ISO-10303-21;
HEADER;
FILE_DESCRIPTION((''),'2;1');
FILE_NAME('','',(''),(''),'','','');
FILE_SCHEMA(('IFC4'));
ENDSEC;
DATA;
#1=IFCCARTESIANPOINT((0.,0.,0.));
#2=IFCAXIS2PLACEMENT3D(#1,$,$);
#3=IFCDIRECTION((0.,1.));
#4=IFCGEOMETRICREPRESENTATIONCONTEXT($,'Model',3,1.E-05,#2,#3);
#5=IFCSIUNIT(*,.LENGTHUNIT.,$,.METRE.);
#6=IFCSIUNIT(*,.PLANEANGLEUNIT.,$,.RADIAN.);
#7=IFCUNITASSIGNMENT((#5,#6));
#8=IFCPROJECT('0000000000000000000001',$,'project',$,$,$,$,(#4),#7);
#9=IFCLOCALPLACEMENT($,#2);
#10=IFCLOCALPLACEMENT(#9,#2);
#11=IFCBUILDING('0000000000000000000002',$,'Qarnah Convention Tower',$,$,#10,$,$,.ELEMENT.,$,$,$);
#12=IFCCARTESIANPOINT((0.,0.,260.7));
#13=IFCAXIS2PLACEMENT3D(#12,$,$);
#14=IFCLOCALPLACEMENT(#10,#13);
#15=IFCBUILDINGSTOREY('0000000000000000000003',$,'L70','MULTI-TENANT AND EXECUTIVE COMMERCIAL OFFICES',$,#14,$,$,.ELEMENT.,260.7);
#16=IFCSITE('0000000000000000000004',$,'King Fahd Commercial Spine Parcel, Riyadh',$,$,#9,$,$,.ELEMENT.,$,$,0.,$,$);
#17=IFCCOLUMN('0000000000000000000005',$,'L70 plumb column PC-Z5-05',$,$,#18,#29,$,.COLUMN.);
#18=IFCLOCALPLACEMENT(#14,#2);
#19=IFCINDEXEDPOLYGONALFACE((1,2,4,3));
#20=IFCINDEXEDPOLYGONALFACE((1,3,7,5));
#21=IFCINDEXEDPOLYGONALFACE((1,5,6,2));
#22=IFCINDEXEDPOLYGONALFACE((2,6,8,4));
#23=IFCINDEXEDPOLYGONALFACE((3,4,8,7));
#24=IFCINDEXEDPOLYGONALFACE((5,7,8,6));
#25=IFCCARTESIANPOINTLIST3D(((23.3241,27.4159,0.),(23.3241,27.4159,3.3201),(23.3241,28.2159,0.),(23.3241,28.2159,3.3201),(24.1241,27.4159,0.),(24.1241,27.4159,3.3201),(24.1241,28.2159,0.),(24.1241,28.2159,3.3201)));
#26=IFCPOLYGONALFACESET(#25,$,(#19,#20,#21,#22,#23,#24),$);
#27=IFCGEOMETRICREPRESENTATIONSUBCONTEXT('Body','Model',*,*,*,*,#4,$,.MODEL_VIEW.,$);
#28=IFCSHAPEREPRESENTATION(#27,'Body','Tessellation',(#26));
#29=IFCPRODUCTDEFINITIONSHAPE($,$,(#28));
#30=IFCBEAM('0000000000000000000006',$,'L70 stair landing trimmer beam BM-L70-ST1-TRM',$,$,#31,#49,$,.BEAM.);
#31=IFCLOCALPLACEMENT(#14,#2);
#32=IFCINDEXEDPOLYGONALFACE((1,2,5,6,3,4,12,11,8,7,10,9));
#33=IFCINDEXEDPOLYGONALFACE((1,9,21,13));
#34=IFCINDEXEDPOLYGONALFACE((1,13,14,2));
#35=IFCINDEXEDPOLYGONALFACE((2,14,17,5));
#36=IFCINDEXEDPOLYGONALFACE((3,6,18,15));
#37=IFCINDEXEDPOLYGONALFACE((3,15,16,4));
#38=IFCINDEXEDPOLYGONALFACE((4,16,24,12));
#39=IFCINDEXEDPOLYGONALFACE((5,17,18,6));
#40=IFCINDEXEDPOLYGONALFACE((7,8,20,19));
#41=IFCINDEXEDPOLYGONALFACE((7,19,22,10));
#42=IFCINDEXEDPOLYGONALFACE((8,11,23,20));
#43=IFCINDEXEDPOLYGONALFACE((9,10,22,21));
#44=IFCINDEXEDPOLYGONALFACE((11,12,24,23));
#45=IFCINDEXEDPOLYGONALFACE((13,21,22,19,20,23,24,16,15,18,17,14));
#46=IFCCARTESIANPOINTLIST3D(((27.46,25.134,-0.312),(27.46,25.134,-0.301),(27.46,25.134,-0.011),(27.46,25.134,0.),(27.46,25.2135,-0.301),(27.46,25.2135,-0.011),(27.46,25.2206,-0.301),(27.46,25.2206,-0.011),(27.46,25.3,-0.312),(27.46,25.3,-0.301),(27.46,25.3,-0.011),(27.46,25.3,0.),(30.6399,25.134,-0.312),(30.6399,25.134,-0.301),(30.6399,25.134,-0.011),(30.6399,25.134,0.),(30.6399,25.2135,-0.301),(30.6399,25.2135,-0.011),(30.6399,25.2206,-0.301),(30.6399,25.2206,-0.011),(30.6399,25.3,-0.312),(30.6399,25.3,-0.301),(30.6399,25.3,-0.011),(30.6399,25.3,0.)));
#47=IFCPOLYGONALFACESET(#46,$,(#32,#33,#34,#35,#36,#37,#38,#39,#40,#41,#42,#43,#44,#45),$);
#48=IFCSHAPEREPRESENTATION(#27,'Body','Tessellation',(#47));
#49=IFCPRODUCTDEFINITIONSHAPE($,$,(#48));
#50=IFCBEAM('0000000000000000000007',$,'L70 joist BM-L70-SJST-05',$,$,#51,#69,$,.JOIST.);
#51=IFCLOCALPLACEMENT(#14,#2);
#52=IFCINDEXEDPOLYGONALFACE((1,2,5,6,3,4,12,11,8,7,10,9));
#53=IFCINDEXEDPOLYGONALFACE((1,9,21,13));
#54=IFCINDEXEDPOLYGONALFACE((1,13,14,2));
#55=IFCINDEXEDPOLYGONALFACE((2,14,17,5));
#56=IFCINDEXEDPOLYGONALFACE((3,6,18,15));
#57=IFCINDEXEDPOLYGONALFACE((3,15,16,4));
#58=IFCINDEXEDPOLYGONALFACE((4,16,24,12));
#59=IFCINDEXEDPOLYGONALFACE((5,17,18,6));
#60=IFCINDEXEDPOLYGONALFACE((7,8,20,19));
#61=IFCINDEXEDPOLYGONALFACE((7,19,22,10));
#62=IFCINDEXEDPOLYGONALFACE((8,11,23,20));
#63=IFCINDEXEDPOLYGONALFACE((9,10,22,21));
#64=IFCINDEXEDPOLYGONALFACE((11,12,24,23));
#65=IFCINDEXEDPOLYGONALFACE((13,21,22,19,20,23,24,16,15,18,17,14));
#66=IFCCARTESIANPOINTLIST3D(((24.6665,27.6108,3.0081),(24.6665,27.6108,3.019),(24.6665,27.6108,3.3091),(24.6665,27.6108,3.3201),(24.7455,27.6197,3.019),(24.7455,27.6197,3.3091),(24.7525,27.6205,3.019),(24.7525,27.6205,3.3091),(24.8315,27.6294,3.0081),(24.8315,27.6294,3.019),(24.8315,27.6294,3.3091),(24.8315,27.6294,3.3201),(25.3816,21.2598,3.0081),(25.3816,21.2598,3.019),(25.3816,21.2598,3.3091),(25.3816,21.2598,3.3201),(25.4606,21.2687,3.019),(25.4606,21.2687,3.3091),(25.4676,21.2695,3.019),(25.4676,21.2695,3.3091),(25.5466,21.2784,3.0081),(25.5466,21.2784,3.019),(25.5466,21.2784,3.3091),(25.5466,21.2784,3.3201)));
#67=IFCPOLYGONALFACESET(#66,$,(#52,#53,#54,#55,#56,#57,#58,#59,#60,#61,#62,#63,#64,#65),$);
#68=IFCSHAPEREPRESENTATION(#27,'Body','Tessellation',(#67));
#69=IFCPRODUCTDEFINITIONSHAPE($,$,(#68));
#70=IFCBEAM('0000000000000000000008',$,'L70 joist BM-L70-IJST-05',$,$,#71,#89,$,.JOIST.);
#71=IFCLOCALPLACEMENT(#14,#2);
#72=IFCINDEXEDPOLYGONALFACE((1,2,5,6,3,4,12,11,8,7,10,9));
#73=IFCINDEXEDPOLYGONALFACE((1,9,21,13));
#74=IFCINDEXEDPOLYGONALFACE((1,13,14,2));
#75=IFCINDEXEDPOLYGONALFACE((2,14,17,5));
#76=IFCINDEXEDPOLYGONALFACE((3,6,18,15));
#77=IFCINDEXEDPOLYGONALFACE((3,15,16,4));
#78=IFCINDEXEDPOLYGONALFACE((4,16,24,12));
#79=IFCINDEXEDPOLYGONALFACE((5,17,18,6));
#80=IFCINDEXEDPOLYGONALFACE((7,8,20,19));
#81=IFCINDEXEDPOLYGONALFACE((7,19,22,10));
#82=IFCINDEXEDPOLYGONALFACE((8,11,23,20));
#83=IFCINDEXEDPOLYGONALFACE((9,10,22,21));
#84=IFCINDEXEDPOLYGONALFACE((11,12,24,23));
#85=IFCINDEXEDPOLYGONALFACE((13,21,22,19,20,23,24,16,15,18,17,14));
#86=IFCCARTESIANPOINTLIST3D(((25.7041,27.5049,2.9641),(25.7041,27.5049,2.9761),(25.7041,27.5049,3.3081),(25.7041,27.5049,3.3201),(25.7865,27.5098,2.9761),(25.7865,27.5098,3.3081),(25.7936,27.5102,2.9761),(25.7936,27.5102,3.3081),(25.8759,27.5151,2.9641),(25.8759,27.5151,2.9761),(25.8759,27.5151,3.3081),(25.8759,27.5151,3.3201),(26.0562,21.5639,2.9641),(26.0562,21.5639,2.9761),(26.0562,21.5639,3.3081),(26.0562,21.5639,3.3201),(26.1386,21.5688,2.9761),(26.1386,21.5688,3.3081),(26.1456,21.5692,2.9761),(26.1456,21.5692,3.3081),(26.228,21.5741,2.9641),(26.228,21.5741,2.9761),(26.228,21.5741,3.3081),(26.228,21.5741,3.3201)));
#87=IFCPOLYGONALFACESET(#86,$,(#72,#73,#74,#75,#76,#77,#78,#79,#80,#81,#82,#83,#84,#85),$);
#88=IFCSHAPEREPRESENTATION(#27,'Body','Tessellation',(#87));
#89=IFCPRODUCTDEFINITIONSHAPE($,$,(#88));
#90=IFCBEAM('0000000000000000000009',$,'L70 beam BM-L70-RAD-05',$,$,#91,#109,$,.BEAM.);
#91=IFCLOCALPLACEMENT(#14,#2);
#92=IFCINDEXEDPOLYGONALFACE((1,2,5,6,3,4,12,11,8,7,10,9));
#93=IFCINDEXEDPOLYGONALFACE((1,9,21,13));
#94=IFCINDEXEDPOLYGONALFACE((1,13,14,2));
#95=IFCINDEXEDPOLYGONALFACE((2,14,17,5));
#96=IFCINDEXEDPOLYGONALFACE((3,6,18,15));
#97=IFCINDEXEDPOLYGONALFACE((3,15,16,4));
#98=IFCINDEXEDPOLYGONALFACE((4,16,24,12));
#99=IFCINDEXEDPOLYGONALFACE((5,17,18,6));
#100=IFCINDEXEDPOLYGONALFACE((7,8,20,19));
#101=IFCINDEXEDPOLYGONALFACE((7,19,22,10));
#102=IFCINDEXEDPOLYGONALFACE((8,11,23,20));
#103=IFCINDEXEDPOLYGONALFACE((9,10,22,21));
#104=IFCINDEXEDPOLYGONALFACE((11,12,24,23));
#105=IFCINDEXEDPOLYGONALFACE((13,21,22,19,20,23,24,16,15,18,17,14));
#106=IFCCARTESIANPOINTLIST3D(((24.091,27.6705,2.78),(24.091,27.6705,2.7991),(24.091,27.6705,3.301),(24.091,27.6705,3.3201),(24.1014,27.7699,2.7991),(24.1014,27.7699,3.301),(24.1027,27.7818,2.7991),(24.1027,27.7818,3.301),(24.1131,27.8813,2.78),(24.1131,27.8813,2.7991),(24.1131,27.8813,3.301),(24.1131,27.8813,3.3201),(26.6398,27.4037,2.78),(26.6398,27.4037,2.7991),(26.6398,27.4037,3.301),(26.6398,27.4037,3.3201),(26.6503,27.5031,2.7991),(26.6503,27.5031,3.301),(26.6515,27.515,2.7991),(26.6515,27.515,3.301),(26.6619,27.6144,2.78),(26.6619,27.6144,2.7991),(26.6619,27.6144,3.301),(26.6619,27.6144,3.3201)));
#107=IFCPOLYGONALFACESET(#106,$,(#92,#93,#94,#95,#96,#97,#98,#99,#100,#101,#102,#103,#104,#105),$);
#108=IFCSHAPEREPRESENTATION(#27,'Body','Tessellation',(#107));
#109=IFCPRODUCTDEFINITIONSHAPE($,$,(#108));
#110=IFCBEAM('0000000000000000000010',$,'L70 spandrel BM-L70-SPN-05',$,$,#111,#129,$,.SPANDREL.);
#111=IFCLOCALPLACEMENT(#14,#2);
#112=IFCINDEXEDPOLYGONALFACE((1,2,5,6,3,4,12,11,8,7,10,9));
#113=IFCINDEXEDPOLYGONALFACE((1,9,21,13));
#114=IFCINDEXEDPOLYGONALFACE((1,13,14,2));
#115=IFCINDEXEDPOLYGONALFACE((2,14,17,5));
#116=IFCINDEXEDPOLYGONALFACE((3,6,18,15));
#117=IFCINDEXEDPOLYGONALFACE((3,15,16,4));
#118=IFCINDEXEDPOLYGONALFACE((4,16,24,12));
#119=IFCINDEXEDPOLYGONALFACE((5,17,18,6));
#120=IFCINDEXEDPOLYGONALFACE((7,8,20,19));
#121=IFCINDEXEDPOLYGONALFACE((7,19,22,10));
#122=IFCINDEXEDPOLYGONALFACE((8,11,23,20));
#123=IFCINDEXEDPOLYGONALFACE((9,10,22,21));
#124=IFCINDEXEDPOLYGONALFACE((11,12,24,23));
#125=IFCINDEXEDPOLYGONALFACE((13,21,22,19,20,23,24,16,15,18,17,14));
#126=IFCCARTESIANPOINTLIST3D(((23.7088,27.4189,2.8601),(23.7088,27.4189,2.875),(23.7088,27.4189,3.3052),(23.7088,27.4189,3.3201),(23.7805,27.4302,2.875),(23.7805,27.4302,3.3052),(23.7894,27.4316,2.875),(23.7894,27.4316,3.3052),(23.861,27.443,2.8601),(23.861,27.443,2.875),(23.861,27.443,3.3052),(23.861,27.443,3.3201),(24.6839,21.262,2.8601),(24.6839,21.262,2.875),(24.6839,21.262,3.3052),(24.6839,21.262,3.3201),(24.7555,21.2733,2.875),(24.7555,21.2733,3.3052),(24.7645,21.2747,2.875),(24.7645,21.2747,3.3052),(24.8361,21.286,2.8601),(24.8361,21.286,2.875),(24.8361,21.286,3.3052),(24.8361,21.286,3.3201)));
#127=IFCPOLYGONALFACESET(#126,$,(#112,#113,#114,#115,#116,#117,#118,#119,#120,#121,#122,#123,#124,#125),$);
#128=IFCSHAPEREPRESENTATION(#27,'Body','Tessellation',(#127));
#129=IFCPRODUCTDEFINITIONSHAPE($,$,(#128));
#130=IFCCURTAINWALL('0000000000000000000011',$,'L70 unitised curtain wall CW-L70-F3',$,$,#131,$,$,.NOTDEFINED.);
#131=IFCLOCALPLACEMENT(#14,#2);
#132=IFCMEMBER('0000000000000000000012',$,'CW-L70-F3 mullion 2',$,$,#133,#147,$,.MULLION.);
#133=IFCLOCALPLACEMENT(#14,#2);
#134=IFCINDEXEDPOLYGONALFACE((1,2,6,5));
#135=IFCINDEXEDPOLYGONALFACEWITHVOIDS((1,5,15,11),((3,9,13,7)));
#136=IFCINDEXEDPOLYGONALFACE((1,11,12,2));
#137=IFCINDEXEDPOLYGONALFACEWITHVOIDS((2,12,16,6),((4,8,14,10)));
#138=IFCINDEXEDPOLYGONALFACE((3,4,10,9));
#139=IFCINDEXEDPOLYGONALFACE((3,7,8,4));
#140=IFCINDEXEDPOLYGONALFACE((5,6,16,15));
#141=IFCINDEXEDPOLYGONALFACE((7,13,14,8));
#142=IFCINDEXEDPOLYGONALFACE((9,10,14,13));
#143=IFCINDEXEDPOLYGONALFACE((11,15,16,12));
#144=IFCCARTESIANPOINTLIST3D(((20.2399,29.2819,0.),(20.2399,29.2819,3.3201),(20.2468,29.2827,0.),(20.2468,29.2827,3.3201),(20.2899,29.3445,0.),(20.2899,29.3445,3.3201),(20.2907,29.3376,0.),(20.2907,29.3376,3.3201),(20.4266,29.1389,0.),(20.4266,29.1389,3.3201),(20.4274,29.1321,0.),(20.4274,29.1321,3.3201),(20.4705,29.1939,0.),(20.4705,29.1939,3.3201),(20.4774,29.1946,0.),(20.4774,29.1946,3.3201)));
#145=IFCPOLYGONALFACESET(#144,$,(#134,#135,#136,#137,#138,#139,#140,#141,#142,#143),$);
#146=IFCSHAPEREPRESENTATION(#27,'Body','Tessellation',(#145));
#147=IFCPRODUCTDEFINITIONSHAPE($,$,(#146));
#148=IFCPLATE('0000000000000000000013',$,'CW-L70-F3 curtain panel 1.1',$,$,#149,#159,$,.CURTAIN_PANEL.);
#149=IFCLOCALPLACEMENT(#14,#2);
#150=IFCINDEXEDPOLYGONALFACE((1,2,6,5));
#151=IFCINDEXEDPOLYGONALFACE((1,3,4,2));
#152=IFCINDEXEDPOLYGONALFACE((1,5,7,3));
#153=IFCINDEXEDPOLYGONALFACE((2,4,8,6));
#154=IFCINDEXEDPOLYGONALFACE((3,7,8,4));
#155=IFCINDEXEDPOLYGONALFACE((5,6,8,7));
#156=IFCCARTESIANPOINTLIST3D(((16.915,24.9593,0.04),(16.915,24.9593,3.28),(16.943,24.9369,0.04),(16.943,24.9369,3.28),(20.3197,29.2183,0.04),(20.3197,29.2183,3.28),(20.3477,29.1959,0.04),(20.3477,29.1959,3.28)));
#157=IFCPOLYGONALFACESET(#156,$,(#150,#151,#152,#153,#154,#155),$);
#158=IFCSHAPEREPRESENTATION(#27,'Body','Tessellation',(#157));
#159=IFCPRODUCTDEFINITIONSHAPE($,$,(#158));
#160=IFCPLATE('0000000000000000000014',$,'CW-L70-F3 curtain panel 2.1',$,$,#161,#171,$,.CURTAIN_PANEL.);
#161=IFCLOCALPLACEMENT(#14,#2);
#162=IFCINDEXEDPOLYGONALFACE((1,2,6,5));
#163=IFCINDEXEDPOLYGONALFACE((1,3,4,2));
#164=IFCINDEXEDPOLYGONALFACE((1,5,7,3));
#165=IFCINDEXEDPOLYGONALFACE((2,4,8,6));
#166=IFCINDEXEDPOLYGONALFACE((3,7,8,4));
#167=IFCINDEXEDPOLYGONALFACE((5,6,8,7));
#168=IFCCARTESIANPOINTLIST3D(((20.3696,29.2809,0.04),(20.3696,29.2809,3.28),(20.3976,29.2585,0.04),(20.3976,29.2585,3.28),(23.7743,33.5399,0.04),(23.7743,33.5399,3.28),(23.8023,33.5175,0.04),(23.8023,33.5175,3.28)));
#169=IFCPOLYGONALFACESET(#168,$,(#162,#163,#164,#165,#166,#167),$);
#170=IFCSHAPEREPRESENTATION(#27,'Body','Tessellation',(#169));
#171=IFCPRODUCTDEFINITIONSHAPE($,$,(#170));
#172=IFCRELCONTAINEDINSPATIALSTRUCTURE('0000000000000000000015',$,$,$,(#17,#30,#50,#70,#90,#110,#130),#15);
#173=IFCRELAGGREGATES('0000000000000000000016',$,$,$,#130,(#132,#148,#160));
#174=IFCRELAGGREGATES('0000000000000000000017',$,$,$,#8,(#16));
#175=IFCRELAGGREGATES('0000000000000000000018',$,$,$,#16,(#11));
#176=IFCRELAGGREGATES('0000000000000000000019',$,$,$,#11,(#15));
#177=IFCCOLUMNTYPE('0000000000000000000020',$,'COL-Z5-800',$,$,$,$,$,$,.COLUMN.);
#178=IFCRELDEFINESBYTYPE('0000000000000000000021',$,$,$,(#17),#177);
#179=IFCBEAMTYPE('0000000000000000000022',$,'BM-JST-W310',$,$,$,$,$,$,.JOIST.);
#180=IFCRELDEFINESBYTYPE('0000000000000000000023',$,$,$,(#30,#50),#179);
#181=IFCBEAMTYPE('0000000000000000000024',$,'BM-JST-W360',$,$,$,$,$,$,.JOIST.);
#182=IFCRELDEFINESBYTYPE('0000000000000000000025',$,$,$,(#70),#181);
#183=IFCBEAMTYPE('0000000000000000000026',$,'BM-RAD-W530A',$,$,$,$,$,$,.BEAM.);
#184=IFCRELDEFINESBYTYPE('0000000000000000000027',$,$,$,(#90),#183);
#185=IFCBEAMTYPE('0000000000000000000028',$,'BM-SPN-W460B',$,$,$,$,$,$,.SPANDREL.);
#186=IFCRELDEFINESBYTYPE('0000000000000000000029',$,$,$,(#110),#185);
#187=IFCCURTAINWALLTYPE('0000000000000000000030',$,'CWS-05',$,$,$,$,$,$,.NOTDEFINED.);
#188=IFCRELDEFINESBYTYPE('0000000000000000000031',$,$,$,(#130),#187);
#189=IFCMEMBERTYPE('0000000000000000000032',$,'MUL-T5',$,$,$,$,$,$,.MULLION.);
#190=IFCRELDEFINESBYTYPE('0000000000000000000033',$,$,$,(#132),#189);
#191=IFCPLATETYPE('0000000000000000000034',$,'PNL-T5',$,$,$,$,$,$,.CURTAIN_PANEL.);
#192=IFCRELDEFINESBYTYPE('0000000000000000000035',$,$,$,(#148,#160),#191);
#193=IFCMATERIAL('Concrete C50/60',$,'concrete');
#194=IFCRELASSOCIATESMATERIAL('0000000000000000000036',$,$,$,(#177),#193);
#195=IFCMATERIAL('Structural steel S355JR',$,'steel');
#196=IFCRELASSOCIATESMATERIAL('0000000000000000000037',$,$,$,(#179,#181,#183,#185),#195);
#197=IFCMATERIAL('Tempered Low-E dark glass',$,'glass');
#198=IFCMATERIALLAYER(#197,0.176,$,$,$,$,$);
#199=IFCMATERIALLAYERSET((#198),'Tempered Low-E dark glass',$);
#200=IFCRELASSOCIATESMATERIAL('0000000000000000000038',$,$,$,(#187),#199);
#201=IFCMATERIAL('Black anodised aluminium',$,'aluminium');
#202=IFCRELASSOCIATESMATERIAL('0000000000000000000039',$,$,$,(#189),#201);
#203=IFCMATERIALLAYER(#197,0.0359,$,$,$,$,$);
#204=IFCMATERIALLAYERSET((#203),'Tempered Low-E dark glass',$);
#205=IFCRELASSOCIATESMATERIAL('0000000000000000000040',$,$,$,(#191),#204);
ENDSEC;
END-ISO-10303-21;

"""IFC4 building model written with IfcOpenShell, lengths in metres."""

from ifc_helpers import new_model, si_unit, direction, frame, origin, origin_2d, place, context, subcontext, project, spatial, rectangle, hollow_rectangle, i_section, extrude, material, layer, layer_set, material_profile, profile_set, type_object, element, aggregate, save


model = new_model("IFC4")

# Units and contexts
model_context = context("Model", 3, precision=1e-05, world=origin(), true_north=direction((0.0, 1.0)))
body_context = subcontext(model_context, "Body", "Model", "MODEL_VIEW")
ifc_project = project(units=[si_unit("LENGTHUNIT", "METRE"), si_unit("PLANEANGLEUNIT", "RADIAN")], contexts=[model_context])

# Site, building, storey
site_placement = place(None, origin())
site = spatial("IfcSite", under=ifc_project, at=site_placement, Name="King Fahd Commercial Spine Parcel, Riyadh", CompositionType="ELEMENT", RefElevation=0.0)
building_placement = place(site_placement, origin())
building = spatial("IfcBuilding", under=site, at=building_placement, Name="Qarnah Convention Tower", CompositionType="ELEMENT")
storey_placement = place(building_placement, frame((0.0, 0.0, 260.7)))
storey = spatial("IfcBuildingStorey", under=building, at=storey_placement, Name="L70", Description="MULTI-TENANT AND EXECUTIVE COMMERCIAL OFFICES", CompositionType="ELEMENT", Elevation=260.7)

# Column
ifc_material_1 = material(Name="Concrete C50/60", Category="concrete")
ifc_material_profile_1 = material_profile(ifc_material_1, rectangle(XDim=0.8, YDim=0.8, at=origin_2d()), Name="RC-COL-800X800")
ifc_profile_set_1 = profile_set([ifc_material_profile_1], Name="Concrete C50/60")
column_type = type_object("IfcColumnType", Name="COL-Z5-800", PredefinedType="COLUMN", material=ifc_profile_set_1)
column_placement = place(storey_placement, frame((23.7241, 27.8159, 0.0), z_axis=(0.0, 0.0, 1.0), x_axis=(1.0, 0.0, 0.0)))
element("IfcColumn", 1, at=column_placement, inside=storey, type_object=column_type, Name="L70 plumb column PC-Z5-05", PredefinedType="COLUMN", context=body_context, shape_type="SweptSolid", body=[
    extrude(rectangle(XDim=0.8, YDim=0.8, at=origin_2d()), origin(), (0.0, 0.0, 1.0), 3.3201),
])

# Beams
ifc_material_2 = material(Name="Structural steel S355JR", Category="steel")
ifc_material_profile_2 = material_profile(ifc_material_2, i_section(OverallWidth=0.166, OverallDepth=0.312, WebThickness=0.0071, FlangeThickness=0.011, at=origin_2d()), Name="W310X45")
ifc_profile_set_2 = profile_set([ifc_material_profile_2], Name="Structural steel S355JR")
beam_type_1 = type_object("IfcBeamType", Name="BM-JST-W310", PredefinedType="JOIST", material=ifc_profile_set_2)
beam_1_placement = place(storey_placement, frame((27.46, 25.217, -0.156), z_axis=(1.0, 0.0, 0.0), x_axis=(0.0, 1.0, 0.0)))
element("IfcBeam", 2, at=beam_1_placement, inside=storey, type_object=beam_type_1, Name="L70 stair landing trimmer beam BM-L70-ST1-TRM", PredefinedType="BEAM", context=body_context, shape_type="SweptSolid", body=[
    extrude(i_section(OverallWidth=0.166, OverallDepth=0.312, WebThickness=0.0071, FlangeThickness=0.011, at=origin_2d()), origin(), (0.0, 0.0, 1.0), 3.1799),
])
beam_2_placement = place(storey_placement, frame((24.749, 27.6201, 3.1641), z_axis=(0.111886, -0.993721, 0.0), x_axis=(0.993721, 0.111886, 0.0)))
element("IfcBeam", 3, at=beam_2_placement, inside=storey, type_object=beam_type_1, Name="L70 joist BM-L70-SJST-05", PredefinedType="JOIST", context=body_context, shape_type="SweptSolid", body=[
    extrude(i_section(OverallWidth=0.166, OverallDepth=0.312, WebThickness=0.0071, FlangeThickness=0.011, at=origin_2d()), origin(), (0.0, 0.0, 1.0), 6.3911),
])
ifc_material_profile_3 = material_profile(ifc_material_2, i_section(OverallWidth=0.1721, OverallDepth=0.356, WebThickness=0.0071, FlangeThickness=0.012, at=origin_2d()), Name="W360X51")
ifc_profile_set_3 = profile_set([ifc_material_profile_3], Name="Structural steel S355JR")
beam_type_2 = type_object("IfcBeamType", Name="BM-JST-W360", PredefinedType="JOIST", material=ifc_profile_set_3)
beam_3_placement = place(storey_placement, frame((25.79, 27.51, 3.1421), z_axis=(0.059155, -0.998249, 0.0), x_axis=(0.998249, 0.059155, 0.0)))
element("IfcBeam", 4, at=beam_3_placement, inside=storey, type_object=beam_type_2, Name="L70 joist BM-L70-IJST-05", PredefinedType="JOIST", context=body_context, shape_type="SweptSolid", body=[
    extrude(i_section(OverallWidth=0.1721, OverallDepth=0.356, WebThickness=0.0071, FlangeThickness=0.012, at=origin_2d()), origin(), (0.0, 0.0, 1.0), 5.9514),
])
ifc_material_profile_4 = material_profile(ifc_material_2, i_section(OverallWidth=0.2119, OverallDepth=0.54, WebThickness=0.012, FlangeThickness=0.019, at=origin_2d()), Name="W530X109")
ifc_profile_set_4 = profile_set([ifc_material_profile_4], Name="Structural steel S355JR")
beam_type_3 = type_object("IfcBeamType", Name="BM-RAD-W530A", PredefinedType="BEAM", material=ifc_profile_set_4)
beam_4_placement = place(storey_placement, frame((26.6509, 27.509, 3.05), z_axis=(-0.994564, 0.104124, 0.0), x_axis=(-0.104124, -0.994564, 0.0)))
element("IfcBeam", 5, at=beam_4_placement, inside=storey, type_object=beam_type_3, Name="L70 beam BM-L70-RAD-05", PredefinedType="BEAM", context=body_context, shape_type="SweptSolid", body=[
    extrude(i_section(OverallWidth=0.2119, OverallDepth=0.54, WebThickness=0.012, FlangeThickness=0.019, at=origin_2d()), origin(), (0.0, 0.0, 1.0), 2.5627),
])
ifc_material_profile_5 = material_profile(ifc_material_2, i_section(OverallWidth=0.1541, OverallDepth=0.46, WebThickness=0.009, FlangeThickness=0.0149, at=origin_2d()), Name="W460X68")
ifc_profile_set_5 = profile_set([ifc_material_profile_5], Name="Structural steel S355JR")
beam_type_4 = type_object("IfcBeamType", Name="BM-SPN-W460B", PredefinedType="SPANDREL", material=ifc_profile_set_5)
beam_5_placement = place(storey_placement, frame((23.7849, 27.4309, 3.0901), z_axis=(0.156423, -0.98769, 0.0), x_axis=(0.98769, 0.156423, 0.0)))
element("IfcBeam", 6, at=beam_5_placement, inside=storey, type_object=beam_type_4, Name="L70 spandrel BM-L70-SPN-05", PredefinedType="SPANDREL", context=body_context, shape_type="SweptSolid", body=[
    extrude(i_section(OverallWidth=0.1541, OverallDepth=0.46, WebThickness=0.009, FlangeThickness=0.0149, at=origin_2d()), origin(), (0.0, 0.0, 1.0), 6.2336),
])

# Curtain wall, member, plates
ifc_material_3 = material(Name="Tempered Low-E dark glass", Category="glass")
ifc_layer_1 = layer(ifc_material_3, 0.176)
ifc_layer_set_1 = layer_set([ifc_layer_1], Name="Tempered Low-E dark glass")
curtain_wall_type = type_object("IfcCurtainWallType", Name="CWS-05", PredefinedType="NOTDEFINED", material=ifc_layer_set_1)
curtain_wall_placement = place(storey_placement, origin())
curtain_wall = element("IfcCurtainWall", 7, at=curtain_wall_placement, inside=storey, type_object=curtain_wall_type, Name="L70 unitised curtain wall CW-L70-F3", PredefinedType="NOTDEFINED")
ifc_material_4 = material(Name="Black anodised aluminium", Category="aluminium")
ifc_material_profile_6 = material_profile(ifc_material_4, hollow_rectangle(XDim=0.0801, YDim=0.24, WallThickness=0.0049, at=origin_2d()), Name="MUL-80X240")
ifc_profile_set_6 = profile_set([ifc_material_profile_6], Name="Black anodised aluminium")
member_type = type_object("IfcMemberType", Name="MUL-T5", PredefinedType="MULLION", material=ifc_profile_set_6)
member_placement = place(storey_placement, frame((20.3586, 29.2383, 0.0), z_axis=(0.0, 0.0, 1.0), x_axis=(0.624417, 0.781091, 0.0)))
member = element("IfcMember", 8, at=member_placement, type_object=member_type, Name="CW-L70-F3 mullion 2", PredefinedType="MULLION", context=body_context, shape_type="SweptSolid", body=[
    extrude(hollow_rectangle(XDim=0.0801, YDim=0.24, WallThickness=0.0049, at=origin_2d()), origin(), (0.0, 0.0, 1.0), 3.3201),
])
ifc_layer_2 = layer(ifc_material_3, 0.0359)
ifc_layer_set_2 = layer_set([ifc_layer_2], Name="Tempered Low-E dark glass")
plate_type = type_object("IfcPlateType", Name="PNL-T5", PredefinedType="CURTAIN_PANEL", material=ifc_layer_set_2)
plate_1_placement = place(storey_placement, frame((18.6313, 27.0776, 0.04), z_axis=(0.0, 0.0, 1.0), x_axis=(0.624417, 0.781091, 0.0)))
plate_1 = element("IfcPlate", 9, at=plate_1_placement, type_object=plate_type, Name="CW-L70-F3 curtain panel 1.1", PredefinedType="CURTAIN_PANEL", context=body_context, shape_type="SweptSolid", body=[
    extrude(rectangle(XDim=5.4526, YDim=0.0359, at=origin_2d()), origin(), (0.0, 0.0, 1.0), 3.24),
])
plate_2_placement = place(storey_placement, frame((22.0859, 31.3992, 0.04), z_axis=(0.0, 0.0, 1.0), x_axis=(0.624417, 0.781091, 0.0)))
plate_2 = element("IfcPlate", 10, at=plate_2_placement, type_object=plate_type, Name="CW-L70-F3 curtain panel 2.1", PredefinedType="CURTAIN_PANEL", context=body_context, shape_type="SweptSolid", body=[
    extrude(rectangle(XDim=5.4526, YDim=0.0359, at=origin_2d()), origin(), (0.0, 0.0, 1.0), 3.24),
])
aggregate(curtain_wall, [member, plate_1, plate_2])

save(model, "model.ifc")
